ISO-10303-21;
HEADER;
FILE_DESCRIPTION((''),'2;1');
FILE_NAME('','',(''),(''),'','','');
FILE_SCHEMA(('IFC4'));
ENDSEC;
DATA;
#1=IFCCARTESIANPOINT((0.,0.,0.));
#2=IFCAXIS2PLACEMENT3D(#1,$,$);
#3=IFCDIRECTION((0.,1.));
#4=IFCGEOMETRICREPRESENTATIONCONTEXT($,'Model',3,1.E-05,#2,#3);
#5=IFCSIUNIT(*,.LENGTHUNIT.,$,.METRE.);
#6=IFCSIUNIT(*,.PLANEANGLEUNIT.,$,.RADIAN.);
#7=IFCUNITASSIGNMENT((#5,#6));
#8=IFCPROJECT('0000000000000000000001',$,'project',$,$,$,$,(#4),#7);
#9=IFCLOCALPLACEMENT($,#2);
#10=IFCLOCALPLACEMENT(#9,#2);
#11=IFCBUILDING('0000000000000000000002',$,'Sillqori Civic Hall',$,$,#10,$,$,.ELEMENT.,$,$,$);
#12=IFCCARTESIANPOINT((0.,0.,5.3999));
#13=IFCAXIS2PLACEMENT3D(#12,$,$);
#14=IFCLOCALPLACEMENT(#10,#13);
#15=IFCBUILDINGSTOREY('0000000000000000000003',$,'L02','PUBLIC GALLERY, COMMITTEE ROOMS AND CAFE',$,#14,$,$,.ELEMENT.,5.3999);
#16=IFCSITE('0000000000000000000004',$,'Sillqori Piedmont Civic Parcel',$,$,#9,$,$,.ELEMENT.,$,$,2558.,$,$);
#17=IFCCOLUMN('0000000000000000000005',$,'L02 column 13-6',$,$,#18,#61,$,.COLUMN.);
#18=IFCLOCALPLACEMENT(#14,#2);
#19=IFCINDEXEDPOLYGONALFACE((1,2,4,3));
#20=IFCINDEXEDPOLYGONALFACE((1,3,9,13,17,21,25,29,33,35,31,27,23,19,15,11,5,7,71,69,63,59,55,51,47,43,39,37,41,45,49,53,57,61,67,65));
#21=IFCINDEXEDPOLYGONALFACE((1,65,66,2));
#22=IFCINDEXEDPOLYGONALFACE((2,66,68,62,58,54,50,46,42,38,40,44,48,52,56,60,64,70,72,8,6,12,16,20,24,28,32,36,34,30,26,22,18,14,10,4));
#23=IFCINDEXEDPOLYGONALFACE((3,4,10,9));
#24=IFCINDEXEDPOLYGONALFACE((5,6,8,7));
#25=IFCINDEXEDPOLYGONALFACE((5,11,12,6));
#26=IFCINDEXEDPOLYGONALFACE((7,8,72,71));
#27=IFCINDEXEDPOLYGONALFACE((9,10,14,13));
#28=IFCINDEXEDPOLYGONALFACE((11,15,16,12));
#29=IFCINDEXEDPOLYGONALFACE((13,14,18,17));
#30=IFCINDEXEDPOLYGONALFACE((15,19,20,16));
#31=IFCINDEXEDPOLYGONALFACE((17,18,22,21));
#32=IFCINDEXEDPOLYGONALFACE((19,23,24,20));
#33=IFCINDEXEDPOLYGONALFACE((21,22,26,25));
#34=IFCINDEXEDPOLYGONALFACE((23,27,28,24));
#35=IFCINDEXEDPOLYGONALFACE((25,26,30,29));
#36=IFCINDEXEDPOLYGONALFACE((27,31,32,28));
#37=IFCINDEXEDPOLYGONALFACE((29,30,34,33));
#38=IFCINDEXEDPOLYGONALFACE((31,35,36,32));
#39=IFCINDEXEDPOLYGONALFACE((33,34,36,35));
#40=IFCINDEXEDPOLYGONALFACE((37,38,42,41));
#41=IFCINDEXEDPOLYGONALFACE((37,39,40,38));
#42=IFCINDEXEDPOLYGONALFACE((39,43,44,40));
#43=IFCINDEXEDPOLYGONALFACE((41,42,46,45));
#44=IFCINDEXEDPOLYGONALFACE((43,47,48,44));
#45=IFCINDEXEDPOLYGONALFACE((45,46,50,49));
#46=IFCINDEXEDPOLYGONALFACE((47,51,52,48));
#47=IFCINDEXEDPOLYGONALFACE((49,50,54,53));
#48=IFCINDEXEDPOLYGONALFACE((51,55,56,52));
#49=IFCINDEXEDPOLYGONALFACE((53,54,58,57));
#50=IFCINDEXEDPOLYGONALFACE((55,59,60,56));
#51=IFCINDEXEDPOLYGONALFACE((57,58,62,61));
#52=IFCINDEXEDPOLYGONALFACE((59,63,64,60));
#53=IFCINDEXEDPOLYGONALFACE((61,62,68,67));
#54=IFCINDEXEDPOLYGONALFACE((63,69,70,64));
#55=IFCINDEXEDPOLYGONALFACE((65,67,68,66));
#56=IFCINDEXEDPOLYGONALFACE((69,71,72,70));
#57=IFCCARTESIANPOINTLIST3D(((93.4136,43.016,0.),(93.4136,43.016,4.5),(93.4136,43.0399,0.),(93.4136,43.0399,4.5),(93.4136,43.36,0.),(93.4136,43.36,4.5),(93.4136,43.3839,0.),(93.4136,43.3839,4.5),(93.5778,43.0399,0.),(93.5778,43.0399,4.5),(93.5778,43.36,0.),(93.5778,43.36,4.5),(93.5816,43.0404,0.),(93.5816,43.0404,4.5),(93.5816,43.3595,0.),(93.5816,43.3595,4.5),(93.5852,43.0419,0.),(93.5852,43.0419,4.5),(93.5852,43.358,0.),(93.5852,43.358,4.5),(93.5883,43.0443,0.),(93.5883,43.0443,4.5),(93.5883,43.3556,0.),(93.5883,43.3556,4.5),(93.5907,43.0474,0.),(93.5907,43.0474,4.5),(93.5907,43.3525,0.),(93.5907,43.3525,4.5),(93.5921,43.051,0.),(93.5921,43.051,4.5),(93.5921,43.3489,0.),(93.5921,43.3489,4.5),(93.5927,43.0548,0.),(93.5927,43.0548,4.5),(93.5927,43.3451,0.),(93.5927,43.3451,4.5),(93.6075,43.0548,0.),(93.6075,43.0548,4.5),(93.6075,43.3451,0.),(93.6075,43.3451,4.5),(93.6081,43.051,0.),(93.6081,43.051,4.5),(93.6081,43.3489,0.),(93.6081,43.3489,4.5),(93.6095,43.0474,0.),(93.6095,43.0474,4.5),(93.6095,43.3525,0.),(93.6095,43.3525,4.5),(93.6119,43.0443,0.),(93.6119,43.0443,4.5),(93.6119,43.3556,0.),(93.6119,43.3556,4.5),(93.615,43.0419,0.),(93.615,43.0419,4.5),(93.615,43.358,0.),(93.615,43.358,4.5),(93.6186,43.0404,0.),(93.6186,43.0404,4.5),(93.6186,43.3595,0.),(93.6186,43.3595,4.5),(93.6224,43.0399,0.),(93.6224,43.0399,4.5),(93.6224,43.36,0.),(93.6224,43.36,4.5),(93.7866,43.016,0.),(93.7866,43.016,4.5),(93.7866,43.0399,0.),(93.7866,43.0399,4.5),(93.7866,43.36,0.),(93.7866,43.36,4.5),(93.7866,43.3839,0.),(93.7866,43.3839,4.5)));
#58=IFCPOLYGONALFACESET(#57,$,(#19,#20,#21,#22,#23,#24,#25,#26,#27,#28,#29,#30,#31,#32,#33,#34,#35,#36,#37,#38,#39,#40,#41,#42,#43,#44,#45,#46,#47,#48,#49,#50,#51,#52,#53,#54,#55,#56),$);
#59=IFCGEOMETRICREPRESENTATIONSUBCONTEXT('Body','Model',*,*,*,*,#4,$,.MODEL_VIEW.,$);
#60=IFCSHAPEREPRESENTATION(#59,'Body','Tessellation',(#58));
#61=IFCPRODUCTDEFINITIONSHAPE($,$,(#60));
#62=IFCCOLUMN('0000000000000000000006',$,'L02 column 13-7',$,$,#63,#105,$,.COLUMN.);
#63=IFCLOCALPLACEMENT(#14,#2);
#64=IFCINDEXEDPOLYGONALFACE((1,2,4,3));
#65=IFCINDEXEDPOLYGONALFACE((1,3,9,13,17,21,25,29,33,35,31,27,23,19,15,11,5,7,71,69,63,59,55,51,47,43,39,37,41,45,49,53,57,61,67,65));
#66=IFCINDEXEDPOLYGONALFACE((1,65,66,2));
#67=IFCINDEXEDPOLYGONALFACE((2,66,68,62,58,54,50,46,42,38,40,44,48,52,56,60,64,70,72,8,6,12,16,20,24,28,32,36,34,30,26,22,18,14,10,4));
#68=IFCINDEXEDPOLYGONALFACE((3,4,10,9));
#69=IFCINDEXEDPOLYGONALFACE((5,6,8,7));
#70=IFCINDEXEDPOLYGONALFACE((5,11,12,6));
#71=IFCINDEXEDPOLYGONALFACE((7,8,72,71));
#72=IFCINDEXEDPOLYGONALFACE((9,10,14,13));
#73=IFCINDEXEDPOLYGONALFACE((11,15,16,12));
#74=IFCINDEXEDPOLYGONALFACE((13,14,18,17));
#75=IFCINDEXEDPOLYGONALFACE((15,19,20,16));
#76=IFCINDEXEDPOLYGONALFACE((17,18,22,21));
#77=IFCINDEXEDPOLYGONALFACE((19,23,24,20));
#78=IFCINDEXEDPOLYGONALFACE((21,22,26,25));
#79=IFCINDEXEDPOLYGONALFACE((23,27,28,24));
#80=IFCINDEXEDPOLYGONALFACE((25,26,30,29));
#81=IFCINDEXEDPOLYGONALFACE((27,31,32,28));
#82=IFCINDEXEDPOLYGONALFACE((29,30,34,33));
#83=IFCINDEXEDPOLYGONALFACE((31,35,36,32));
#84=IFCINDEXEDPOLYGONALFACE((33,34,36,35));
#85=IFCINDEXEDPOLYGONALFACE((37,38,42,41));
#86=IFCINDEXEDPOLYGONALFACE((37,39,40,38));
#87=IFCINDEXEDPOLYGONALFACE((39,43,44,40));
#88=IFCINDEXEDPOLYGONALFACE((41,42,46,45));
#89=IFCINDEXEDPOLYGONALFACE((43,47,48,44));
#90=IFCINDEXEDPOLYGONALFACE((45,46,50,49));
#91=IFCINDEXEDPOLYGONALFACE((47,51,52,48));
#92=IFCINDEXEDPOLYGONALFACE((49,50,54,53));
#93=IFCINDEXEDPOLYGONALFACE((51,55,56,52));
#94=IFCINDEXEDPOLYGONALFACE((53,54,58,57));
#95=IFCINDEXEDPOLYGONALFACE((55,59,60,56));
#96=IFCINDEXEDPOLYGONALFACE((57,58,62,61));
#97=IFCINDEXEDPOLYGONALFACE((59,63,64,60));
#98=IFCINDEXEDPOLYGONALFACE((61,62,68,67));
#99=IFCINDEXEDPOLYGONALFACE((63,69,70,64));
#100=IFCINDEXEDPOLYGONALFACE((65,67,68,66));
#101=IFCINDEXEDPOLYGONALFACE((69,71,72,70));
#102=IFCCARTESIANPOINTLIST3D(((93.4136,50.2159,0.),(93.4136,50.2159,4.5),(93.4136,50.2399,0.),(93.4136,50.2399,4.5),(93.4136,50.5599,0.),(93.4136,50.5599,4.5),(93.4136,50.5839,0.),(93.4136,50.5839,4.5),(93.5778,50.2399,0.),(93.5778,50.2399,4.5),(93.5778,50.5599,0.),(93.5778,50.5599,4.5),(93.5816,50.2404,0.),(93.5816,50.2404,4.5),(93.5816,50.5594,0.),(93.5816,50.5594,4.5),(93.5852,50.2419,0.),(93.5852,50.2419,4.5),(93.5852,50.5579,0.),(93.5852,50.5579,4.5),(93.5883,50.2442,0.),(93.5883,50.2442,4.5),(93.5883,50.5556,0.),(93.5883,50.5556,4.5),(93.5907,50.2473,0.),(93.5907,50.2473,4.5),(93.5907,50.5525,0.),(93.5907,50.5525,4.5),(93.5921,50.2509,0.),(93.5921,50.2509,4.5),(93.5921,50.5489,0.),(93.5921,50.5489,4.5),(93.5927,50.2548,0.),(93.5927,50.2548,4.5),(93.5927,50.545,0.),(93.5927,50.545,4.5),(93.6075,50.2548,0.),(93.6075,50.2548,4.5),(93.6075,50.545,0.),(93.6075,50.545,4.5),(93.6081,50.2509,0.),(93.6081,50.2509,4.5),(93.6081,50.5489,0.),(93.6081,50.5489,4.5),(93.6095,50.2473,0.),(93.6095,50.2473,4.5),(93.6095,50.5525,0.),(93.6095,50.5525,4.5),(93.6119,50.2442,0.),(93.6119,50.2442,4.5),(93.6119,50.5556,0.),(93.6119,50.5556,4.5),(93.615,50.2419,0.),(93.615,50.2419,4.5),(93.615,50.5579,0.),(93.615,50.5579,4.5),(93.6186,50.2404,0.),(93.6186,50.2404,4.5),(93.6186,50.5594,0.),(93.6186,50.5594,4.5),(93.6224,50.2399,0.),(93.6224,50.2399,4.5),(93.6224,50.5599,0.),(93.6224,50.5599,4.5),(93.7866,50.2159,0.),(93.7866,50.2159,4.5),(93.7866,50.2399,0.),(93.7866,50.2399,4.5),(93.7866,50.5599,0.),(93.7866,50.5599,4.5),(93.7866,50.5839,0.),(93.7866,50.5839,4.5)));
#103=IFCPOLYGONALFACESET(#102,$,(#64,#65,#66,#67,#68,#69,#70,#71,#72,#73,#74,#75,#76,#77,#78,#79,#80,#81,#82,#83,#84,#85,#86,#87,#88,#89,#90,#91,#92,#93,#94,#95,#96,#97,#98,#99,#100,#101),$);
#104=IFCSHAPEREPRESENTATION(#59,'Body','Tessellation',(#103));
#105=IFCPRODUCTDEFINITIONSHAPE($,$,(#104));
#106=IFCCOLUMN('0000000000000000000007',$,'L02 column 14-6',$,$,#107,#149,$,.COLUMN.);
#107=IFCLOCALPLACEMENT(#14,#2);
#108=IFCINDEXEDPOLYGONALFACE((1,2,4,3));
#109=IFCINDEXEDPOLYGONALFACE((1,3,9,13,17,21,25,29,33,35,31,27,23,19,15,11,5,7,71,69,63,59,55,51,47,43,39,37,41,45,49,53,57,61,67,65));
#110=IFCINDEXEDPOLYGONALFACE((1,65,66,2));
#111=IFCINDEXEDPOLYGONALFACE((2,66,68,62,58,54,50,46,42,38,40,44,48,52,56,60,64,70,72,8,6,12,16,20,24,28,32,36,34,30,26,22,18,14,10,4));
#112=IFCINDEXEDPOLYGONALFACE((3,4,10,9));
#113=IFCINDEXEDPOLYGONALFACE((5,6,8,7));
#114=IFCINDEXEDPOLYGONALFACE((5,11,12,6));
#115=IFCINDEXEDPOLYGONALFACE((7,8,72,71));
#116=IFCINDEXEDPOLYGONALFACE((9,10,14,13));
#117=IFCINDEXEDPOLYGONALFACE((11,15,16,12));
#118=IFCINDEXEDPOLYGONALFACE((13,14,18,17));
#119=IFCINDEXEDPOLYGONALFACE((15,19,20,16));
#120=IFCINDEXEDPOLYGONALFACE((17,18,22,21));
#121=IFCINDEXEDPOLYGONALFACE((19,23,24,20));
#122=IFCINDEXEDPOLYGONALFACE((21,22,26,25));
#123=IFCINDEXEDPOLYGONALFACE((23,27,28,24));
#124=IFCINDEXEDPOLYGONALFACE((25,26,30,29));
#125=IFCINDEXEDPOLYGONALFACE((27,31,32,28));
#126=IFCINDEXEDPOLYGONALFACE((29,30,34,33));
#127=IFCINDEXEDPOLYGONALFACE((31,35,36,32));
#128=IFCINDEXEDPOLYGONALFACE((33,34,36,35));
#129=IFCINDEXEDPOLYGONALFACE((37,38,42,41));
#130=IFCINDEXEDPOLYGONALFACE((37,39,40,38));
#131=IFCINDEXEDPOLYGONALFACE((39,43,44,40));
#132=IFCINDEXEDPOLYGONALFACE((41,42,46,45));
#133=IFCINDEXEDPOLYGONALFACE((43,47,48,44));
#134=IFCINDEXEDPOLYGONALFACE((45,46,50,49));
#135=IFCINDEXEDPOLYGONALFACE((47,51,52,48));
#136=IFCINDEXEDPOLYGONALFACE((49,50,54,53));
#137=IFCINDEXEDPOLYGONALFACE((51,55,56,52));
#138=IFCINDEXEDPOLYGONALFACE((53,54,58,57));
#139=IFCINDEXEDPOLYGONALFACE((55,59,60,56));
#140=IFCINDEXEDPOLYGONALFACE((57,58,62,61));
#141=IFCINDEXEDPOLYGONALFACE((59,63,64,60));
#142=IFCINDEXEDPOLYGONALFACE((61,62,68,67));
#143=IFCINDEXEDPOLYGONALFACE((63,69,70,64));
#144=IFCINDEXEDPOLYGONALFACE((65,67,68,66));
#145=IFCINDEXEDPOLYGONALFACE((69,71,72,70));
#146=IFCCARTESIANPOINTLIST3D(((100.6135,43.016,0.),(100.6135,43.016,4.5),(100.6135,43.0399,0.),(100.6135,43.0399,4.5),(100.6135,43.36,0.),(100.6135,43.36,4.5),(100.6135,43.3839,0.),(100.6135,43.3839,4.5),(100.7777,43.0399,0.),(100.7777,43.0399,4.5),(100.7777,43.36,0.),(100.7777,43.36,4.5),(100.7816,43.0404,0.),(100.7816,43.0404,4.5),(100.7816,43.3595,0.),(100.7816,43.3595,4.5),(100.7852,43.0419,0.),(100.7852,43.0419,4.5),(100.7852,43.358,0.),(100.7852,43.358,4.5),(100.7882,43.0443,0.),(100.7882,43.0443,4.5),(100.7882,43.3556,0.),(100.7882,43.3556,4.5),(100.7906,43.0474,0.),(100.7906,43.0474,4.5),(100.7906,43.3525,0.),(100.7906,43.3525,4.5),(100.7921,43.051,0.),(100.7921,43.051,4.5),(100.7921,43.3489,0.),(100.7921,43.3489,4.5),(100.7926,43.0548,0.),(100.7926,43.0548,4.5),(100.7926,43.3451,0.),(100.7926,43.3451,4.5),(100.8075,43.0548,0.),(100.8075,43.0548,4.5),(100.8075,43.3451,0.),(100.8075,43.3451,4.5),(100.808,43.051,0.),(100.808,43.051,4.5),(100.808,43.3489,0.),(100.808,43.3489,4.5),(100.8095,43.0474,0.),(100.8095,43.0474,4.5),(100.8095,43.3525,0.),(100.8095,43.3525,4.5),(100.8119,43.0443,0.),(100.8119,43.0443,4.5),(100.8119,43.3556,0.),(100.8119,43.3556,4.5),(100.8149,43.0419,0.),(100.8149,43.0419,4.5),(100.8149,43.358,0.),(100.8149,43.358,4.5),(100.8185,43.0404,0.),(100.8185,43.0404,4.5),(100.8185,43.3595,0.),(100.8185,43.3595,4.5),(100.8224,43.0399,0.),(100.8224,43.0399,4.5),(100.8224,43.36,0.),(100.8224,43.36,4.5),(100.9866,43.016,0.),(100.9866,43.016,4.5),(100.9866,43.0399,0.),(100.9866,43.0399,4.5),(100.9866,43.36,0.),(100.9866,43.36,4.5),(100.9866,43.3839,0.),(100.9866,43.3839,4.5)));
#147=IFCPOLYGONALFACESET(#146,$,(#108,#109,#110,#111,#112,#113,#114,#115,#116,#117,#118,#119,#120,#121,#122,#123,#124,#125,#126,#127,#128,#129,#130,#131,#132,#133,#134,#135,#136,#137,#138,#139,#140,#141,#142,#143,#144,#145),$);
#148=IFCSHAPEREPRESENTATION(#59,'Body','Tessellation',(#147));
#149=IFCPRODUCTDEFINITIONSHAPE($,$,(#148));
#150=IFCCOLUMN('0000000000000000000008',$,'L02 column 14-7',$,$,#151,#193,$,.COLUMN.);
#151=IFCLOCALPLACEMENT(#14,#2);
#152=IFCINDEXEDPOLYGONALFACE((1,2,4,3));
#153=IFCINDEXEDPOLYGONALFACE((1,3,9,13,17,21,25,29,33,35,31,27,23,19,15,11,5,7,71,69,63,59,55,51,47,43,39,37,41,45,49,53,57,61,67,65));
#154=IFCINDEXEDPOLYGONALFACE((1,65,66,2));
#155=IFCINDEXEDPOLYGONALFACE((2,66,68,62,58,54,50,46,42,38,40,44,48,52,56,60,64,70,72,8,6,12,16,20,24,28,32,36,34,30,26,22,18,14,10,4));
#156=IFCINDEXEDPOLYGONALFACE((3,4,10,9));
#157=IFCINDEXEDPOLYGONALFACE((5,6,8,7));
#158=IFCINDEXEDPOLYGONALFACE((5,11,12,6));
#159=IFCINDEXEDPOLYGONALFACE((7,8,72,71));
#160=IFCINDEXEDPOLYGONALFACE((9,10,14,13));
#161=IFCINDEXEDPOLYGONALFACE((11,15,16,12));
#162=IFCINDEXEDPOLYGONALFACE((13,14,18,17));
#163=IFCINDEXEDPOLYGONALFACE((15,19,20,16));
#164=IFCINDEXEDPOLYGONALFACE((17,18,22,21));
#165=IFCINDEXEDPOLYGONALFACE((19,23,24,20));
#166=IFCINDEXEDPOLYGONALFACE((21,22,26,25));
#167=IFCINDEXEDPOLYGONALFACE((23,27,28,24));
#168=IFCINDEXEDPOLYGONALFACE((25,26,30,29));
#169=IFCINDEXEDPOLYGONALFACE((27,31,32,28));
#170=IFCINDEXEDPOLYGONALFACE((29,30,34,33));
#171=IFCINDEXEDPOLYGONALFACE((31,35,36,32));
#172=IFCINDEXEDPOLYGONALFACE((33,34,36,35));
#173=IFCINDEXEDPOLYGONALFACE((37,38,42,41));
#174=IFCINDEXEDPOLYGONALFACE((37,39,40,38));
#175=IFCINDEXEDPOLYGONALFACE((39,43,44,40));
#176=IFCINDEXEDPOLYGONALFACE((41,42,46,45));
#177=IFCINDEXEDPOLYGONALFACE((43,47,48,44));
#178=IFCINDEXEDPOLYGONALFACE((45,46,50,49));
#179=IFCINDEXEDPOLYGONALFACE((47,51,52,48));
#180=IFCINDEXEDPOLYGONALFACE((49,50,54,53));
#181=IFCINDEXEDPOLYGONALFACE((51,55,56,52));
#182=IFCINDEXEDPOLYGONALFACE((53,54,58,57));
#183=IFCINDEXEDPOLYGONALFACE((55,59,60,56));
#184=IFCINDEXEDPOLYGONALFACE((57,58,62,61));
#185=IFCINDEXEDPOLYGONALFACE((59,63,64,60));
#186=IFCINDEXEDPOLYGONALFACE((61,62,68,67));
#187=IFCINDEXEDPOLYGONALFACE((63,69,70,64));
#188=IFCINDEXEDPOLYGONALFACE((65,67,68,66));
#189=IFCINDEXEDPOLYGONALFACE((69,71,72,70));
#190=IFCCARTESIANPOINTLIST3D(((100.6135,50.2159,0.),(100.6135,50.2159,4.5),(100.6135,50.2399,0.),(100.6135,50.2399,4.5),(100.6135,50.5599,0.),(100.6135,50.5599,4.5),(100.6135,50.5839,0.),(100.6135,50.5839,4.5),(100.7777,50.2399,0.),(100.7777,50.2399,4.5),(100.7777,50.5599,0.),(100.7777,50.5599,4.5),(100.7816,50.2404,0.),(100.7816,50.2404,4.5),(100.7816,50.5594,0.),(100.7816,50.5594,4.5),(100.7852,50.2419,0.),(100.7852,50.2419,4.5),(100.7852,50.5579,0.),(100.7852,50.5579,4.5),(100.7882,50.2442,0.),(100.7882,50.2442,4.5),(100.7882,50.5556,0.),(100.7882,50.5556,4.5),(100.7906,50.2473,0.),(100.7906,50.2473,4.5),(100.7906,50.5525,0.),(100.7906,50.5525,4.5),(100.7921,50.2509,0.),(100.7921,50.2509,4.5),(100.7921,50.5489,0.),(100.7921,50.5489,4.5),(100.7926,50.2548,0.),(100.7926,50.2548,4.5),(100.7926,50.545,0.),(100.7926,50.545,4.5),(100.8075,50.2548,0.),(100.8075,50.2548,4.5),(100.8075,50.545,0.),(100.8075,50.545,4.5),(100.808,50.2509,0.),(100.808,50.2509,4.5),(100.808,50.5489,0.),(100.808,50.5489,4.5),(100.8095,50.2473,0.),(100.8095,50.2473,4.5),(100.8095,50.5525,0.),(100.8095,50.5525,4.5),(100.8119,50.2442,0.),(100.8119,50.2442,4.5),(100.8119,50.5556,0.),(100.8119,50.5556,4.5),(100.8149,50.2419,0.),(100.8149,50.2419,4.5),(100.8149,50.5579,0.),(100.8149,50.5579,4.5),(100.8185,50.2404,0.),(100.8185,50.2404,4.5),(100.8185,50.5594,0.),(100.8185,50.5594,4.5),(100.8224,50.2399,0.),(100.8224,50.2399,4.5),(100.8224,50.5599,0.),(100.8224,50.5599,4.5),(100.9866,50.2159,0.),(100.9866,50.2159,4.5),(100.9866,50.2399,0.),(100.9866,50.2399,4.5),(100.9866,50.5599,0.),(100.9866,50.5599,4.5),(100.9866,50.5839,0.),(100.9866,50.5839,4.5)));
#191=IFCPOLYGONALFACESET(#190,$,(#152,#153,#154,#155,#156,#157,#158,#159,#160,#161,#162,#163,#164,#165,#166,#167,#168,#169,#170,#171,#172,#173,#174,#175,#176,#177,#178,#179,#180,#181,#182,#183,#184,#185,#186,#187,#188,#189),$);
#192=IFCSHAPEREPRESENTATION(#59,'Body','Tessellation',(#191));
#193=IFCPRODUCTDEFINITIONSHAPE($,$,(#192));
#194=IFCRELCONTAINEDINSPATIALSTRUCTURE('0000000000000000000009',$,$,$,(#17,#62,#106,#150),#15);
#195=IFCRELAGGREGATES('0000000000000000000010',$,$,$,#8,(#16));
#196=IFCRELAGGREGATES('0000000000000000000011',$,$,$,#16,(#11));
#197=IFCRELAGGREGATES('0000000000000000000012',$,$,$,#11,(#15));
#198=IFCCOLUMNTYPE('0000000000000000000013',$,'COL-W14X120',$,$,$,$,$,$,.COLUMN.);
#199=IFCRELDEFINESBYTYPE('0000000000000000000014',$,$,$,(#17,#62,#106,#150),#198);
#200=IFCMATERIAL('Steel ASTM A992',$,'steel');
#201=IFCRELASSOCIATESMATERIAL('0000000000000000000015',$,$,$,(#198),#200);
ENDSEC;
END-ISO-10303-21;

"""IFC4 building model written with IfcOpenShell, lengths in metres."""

from ifc_helpers import new_model, si_unit, direction, frame, origin, origin_2d, place, context, subcontext, project, spatial, i_section, extrude, material, material_profile, profile_set, type_object, element, save


model = new_model("IFC4")

# Units and contexts
model_context = context("Model", 3, precision=1e-05, world=origin(), true_north=direction((0.0, 1.0)))
body_context = subcontext(model_context, "Body", "Model", "MODEL_VIEW")
ifc_project = project(units=[si_unit("LENGTHUNIT", "METRE"), si_unit("PLANEANGLEUNIT", "RADIAN")], contexts=[model_context])

# Site, building, storey
site_placement = place(None, origin())
site = spatial("IfcSite", under=ifc_project, at=site_placement, Name="Sillqori Piedmont Civic Parcel", CompositionType="ELEMENT", RefElevation=2558.0)
building_placement = place(site_placement, origin())
building = spatial("IfcBuilding", under=site, at=building_placement, Name="Sillqori Civic Hall", CompositionType="ELEMENT")
storey_placement = place(building_placement, frame((0.0, 0.0, 5.3999)))
storey = spatial("IfcBuildingStorey", under=building, at=storey_placement, Name="L02", Description="PUBLIC GALLERY, COMMITTEE ROOMS AND CAFE", CompositionType="ELEMENT", Elevation=5.3999)

# Columns
ifc_material_1 = material(Name="Steel ASTM A992", Category="steel")
ifc_material_profile_1 = material_profile(ifc_material_1, i_section(OverallWidth=0.373, OverallDepth=0.3679, WebThickness=0.0149, FlangeThickness=0.0239, FilletRadius=0.0149, at=origin_2d()), Name="W14X120")
ifc_profile_set_1 = profile_set([ifc_material_profile_1], Name="Steel ASTM A992")
column_type = type_object("IfcColumnType", Name="COL-W14X120", PredefinedType="COLUMN", material=ifc_profile_set_1)
for number, where, z_axis, x_axis, name in (
    (1, (93.6001, 43.2, 0.0), (0.0, 0.0, 1.0), (1.0, 0.0, 0.0), "L02 column 13-6"),
    (2, (93.6001, 50.3999, 0.0), (0.0, 0.0, 1.0), (1.0, 0.0, 0.0), "L02 column 13-7"),
    (3, (100.8, 43.2, 0.0), (0.0, 0.0, 1.0), (1.0, 0.0, 0.0), "L02 column 14-6"),
    (4, (100.8, 50.3999, 0.0), (0.0, 0.0, 1.0), (1.0, 0.0, 0.0), "L02 column 14-7"),
):
    element("IfcColumn", number, at=place(storey_placement, frame(where, z_axis=z_axis, x_axis=x_axis)), inside=storey, type_object=column_type, Name=name, PredefinedType="COLUMN", context=body_context, shape_type="SweptSolid", body=[
        extrude(i_section(OverallWidth=0.373, OverallDepth=0.3679, WebThickness=0.0149, FlangeThickness=0.0239, FilletRadius=0.0149, at=origin_2d()), origin(), (0.0, 0.0, 1.0), 4.5),
    ])

save(model, "model.ifc")
